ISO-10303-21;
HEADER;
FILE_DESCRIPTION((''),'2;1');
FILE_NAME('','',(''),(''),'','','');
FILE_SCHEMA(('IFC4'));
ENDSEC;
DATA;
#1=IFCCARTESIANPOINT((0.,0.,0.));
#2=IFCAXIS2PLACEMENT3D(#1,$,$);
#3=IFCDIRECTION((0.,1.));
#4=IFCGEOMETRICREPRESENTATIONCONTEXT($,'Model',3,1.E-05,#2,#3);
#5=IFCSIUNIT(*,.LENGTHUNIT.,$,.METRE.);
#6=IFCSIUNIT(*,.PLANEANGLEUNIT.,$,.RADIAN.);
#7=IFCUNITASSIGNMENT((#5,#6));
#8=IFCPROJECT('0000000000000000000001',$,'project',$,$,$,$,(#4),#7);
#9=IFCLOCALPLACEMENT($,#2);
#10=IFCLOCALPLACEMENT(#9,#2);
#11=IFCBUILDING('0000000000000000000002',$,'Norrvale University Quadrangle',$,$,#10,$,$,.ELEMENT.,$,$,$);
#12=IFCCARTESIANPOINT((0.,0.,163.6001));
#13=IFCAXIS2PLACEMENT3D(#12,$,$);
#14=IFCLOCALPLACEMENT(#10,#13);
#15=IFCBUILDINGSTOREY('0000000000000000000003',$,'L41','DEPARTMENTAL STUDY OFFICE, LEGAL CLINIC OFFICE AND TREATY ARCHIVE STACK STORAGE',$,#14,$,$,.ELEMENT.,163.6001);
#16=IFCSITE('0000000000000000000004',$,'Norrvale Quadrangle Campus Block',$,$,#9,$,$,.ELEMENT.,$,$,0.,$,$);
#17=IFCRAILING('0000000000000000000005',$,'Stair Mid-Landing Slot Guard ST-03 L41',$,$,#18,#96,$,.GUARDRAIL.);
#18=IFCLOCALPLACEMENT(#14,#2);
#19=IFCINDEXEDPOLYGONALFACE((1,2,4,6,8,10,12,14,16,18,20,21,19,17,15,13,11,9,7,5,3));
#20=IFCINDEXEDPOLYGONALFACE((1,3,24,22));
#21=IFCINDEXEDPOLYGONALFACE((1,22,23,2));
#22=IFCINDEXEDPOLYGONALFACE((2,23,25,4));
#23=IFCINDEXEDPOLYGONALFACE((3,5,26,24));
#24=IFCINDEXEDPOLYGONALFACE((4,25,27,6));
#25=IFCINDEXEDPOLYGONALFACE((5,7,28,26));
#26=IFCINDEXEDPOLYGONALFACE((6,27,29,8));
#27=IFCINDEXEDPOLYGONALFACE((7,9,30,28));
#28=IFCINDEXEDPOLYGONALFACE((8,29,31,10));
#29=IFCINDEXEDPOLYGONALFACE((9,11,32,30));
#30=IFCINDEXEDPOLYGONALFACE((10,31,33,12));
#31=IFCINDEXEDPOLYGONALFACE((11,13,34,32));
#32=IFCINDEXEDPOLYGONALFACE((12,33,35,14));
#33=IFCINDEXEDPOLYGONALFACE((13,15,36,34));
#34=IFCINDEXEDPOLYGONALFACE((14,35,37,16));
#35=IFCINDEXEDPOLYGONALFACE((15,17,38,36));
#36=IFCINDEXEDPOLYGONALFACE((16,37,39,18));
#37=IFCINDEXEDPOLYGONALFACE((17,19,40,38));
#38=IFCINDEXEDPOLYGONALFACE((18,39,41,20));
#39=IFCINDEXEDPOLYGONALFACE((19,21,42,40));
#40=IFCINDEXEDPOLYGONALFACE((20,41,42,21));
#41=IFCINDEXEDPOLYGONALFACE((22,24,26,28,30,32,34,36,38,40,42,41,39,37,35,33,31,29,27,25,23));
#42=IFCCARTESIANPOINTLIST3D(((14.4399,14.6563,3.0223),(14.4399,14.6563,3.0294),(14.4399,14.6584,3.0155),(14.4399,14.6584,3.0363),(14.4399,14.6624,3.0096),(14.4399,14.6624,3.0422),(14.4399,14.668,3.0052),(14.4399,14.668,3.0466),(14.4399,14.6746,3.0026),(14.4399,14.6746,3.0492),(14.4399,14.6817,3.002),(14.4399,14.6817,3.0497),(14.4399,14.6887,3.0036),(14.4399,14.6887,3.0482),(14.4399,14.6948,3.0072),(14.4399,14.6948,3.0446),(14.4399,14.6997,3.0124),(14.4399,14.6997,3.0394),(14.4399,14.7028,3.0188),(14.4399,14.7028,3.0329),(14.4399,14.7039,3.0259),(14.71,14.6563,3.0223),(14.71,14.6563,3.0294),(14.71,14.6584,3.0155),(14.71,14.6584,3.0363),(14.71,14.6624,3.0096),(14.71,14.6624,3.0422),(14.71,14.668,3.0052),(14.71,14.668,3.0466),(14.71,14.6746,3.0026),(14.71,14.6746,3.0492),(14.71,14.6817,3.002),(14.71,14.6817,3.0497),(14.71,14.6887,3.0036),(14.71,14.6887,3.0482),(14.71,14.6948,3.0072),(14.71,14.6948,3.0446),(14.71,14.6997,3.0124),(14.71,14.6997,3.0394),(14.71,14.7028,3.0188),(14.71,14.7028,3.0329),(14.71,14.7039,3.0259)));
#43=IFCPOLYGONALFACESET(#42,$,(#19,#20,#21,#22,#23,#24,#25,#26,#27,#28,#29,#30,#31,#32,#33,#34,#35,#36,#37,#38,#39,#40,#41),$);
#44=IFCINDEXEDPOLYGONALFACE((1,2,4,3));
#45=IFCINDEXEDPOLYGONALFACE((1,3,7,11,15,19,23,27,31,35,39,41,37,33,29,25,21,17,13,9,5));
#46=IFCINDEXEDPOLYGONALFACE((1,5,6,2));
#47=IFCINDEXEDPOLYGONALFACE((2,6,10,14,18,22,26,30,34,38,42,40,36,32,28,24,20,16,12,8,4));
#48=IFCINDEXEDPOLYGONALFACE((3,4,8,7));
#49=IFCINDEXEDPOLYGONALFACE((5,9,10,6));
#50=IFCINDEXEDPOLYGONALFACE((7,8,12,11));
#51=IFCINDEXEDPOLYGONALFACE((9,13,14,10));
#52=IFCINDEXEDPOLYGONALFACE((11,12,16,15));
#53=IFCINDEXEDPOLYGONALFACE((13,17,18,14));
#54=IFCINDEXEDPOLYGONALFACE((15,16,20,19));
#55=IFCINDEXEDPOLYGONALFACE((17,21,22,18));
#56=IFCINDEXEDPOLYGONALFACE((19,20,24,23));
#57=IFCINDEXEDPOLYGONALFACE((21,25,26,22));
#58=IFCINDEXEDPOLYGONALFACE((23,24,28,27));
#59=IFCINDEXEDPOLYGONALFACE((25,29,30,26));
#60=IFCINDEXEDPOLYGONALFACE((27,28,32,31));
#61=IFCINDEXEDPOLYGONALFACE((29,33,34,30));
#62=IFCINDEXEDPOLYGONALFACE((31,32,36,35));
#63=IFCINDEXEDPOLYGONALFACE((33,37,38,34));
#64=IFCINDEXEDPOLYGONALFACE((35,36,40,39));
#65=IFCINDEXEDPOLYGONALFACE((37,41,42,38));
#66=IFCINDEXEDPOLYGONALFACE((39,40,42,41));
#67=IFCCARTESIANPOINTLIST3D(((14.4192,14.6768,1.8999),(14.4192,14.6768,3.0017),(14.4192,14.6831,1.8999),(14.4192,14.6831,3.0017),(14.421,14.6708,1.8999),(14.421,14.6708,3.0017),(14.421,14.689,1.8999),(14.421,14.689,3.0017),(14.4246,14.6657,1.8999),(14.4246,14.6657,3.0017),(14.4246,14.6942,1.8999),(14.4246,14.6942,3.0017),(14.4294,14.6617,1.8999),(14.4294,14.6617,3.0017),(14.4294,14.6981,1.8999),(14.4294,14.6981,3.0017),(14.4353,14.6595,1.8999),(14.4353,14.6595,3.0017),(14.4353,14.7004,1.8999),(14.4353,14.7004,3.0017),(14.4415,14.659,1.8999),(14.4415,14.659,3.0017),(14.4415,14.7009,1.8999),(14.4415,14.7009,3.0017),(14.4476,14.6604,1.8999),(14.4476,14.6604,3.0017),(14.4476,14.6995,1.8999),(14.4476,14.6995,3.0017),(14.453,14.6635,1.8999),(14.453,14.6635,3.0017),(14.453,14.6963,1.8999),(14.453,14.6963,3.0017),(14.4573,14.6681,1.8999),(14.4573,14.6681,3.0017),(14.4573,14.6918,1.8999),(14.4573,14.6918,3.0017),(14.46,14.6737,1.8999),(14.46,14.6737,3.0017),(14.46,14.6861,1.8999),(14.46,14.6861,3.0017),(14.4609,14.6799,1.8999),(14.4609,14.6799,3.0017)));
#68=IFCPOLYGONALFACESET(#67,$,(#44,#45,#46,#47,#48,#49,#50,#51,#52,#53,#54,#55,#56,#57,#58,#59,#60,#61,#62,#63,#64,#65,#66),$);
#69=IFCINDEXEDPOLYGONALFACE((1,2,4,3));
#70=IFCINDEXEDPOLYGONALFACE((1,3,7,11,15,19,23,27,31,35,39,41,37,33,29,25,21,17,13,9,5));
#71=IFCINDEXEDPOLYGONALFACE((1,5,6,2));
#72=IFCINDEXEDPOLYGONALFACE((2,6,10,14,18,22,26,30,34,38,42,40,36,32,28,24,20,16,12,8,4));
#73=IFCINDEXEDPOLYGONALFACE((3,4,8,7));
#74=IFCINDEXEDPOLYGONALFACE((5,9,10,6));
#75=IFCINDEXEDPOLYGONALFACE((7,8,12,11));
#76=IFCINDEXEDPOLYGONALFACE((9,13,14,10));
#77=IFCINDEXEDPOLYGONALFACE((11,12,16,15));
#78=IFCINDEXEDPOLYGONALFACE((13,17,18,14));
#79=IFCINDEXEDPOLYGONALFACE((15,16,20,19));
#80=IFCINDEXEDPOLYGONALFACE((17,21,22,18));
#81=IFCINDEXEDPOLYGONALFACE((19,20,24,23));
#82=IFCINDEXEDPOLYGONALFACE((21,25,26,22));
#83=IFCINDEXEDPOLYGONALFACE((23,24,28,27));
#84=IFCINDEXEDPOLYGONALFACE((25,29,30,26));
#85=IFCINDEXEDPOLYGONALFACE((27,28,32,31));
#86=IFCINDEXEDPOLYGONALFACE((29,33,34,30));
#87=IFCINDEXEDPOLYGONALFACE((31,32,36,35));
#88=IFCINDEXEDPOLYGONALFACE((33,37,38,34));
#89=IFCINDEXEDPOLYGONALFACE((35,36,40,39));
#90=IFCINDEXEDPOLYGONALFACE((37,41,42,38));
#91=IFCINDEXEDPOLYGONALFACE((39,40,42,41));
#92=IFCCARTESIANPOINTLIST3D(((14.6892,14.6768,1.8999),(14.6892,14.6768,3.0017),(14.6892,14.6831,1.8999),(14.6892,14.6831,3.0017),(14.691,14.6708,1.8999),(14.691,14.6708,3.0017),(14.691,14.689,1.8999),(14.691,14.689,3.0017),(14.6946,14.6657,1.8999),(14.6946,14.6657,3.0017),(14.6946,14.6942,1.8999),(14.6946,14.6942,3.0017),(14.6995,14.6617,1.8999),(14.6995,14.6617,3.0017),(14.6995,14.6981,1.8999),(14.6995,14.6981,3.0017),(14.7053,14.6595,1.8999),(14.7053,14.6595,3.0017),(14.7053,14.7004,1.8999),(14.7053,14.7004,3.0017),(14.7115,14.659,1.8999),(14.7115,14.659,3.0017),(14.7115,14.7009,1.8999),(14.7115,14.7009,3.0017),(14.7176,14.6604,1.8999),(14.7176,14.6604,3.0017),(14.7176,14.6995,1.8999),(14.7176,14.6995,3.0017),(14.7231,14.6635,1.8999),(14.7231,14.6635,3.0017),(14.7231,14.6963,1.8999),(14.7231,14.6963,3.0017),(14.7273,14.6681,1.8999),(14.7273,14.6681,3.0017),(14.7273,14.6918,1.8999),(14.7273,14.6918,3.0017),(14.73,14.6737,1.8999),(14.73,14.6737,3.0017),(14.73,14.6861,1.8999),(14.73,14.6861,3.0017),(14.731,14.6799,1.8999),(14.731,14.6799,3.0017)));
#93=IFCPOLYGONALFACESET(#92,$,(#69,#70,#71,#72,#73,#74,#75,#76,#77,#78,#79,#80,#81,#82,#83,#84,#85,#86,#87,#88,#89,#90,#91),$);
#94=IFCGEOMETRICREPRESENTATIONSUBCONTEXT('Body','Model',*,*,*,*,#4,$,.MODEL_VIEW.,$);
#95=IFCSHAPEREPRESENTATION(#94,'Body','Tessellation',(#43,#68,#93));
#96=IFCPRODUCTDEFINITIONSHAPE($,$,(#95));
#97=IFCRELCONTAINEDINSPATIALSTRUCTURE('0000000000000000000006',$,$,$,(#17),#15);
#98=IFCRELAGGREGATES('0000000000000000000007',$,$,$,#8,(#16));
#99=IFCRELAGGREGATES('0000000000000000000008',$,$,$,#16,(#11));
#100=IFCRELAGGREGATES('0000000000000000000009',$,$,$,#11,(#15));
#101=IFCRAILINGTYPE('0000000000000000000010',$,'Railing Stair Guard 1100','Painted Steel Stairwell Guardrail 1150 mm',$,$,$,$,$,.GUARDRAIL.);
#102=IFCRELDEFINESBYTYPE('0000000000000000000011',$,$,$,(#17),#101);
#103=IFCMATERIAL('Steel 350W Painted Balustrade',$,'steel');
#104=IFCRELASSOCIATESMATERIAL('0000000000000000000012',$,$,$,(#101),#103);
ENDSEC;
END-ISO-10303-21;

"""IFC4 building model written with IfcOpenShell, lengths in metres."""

from ifc_helpers import new_model, si_unit, direction, frame, origin, origin_2d, place, context, subcontext, project, spatial, circle, extrude, material, type_object, element, save


model = new_model("IFC4")

# Units and contexts
model_context = context("Model", 3, precision=1e-05, world=origin(), true_north=direction((0.0, 1.0)))
body_context = subcontext(model_context, "Body", "Model", "MODEL_VIEW")
ifc_project = project(units=[si_unit("LENGTHUNIT", "METRE"), si_unit("PLANEANGLEUNIT", "RADIAN")], contexts=[model_context])

# Site, building, storey
site_placement = place(None, origin())
site = spatial("IfcSite", under=ifc_project, at=site_placement, Name="Norrvale Quadrangle Campus Block", CompositionType="ELEMENT", RefElevation=0.0)
building_placement = place(site_placement, origin())
building = spatial("IfcBuilding", under=site, at=building_placement, Name="Norrvale University Quadrangle", CompositionType="ELEMENT")
storey_placement = place(building_placement, frame((0.0, 0.0, 163.6001)))
storey = spatial("IfcBuildingStorey", under=building, at=storey_placement, Name="L41", Description="DEPARTMENTAL STUDY OFFICE, LEGAL CLINIC OFFICE AND TREATY ARCHIVE STACK STORAGE", CompositionType="ELEMENT", Elevation=163.6001)

# Railing
ifc_material_1 = material(Name="Steel 350W Painted Balustrade", Category="steel")
railing_type_1 = type_object("IfcRailingType", Name="Railing Stair Guard 1100", Description="Painted Steel Stairwell Guardrail 1150 mm", PredefinedType="GUARDRAIL", material=ifc_material_1)
railing_1_placement = place(storey_placement, frame((14.4399, 14.6799, 1.8999)))
element("IfcRailing", 1, at=railing_1_placement, inside=storey, type_object=railing_type_1, Name="Stair Mid-Landing Slot Guard ST-03 L41", PredefinedType="GUARDRAIL", context=body_context, shape_type="SweptSolid", body=[
    extrude(circle(Radius=0.0239, at=origin_2d()), frame((0.0, 0.0, 1.126), z_axis=(1.0, 0.0, 0.0), x_axis=(0.0, 1.0, 0.0)), (0.0, 0.0, 1.0), 0.27),
    extrude(circle(Radius=0.021, at=origin_2d()), origin(), (0.0, 0.0, 1.0), 1.1018),
    extrude(circle(Radius=0.021, at=origin_2d()), frame((0.27, 0.0, 0.0)), (0.0, 0.0, 1.0), 1.1018),
])

save(model, "model.ifc")
